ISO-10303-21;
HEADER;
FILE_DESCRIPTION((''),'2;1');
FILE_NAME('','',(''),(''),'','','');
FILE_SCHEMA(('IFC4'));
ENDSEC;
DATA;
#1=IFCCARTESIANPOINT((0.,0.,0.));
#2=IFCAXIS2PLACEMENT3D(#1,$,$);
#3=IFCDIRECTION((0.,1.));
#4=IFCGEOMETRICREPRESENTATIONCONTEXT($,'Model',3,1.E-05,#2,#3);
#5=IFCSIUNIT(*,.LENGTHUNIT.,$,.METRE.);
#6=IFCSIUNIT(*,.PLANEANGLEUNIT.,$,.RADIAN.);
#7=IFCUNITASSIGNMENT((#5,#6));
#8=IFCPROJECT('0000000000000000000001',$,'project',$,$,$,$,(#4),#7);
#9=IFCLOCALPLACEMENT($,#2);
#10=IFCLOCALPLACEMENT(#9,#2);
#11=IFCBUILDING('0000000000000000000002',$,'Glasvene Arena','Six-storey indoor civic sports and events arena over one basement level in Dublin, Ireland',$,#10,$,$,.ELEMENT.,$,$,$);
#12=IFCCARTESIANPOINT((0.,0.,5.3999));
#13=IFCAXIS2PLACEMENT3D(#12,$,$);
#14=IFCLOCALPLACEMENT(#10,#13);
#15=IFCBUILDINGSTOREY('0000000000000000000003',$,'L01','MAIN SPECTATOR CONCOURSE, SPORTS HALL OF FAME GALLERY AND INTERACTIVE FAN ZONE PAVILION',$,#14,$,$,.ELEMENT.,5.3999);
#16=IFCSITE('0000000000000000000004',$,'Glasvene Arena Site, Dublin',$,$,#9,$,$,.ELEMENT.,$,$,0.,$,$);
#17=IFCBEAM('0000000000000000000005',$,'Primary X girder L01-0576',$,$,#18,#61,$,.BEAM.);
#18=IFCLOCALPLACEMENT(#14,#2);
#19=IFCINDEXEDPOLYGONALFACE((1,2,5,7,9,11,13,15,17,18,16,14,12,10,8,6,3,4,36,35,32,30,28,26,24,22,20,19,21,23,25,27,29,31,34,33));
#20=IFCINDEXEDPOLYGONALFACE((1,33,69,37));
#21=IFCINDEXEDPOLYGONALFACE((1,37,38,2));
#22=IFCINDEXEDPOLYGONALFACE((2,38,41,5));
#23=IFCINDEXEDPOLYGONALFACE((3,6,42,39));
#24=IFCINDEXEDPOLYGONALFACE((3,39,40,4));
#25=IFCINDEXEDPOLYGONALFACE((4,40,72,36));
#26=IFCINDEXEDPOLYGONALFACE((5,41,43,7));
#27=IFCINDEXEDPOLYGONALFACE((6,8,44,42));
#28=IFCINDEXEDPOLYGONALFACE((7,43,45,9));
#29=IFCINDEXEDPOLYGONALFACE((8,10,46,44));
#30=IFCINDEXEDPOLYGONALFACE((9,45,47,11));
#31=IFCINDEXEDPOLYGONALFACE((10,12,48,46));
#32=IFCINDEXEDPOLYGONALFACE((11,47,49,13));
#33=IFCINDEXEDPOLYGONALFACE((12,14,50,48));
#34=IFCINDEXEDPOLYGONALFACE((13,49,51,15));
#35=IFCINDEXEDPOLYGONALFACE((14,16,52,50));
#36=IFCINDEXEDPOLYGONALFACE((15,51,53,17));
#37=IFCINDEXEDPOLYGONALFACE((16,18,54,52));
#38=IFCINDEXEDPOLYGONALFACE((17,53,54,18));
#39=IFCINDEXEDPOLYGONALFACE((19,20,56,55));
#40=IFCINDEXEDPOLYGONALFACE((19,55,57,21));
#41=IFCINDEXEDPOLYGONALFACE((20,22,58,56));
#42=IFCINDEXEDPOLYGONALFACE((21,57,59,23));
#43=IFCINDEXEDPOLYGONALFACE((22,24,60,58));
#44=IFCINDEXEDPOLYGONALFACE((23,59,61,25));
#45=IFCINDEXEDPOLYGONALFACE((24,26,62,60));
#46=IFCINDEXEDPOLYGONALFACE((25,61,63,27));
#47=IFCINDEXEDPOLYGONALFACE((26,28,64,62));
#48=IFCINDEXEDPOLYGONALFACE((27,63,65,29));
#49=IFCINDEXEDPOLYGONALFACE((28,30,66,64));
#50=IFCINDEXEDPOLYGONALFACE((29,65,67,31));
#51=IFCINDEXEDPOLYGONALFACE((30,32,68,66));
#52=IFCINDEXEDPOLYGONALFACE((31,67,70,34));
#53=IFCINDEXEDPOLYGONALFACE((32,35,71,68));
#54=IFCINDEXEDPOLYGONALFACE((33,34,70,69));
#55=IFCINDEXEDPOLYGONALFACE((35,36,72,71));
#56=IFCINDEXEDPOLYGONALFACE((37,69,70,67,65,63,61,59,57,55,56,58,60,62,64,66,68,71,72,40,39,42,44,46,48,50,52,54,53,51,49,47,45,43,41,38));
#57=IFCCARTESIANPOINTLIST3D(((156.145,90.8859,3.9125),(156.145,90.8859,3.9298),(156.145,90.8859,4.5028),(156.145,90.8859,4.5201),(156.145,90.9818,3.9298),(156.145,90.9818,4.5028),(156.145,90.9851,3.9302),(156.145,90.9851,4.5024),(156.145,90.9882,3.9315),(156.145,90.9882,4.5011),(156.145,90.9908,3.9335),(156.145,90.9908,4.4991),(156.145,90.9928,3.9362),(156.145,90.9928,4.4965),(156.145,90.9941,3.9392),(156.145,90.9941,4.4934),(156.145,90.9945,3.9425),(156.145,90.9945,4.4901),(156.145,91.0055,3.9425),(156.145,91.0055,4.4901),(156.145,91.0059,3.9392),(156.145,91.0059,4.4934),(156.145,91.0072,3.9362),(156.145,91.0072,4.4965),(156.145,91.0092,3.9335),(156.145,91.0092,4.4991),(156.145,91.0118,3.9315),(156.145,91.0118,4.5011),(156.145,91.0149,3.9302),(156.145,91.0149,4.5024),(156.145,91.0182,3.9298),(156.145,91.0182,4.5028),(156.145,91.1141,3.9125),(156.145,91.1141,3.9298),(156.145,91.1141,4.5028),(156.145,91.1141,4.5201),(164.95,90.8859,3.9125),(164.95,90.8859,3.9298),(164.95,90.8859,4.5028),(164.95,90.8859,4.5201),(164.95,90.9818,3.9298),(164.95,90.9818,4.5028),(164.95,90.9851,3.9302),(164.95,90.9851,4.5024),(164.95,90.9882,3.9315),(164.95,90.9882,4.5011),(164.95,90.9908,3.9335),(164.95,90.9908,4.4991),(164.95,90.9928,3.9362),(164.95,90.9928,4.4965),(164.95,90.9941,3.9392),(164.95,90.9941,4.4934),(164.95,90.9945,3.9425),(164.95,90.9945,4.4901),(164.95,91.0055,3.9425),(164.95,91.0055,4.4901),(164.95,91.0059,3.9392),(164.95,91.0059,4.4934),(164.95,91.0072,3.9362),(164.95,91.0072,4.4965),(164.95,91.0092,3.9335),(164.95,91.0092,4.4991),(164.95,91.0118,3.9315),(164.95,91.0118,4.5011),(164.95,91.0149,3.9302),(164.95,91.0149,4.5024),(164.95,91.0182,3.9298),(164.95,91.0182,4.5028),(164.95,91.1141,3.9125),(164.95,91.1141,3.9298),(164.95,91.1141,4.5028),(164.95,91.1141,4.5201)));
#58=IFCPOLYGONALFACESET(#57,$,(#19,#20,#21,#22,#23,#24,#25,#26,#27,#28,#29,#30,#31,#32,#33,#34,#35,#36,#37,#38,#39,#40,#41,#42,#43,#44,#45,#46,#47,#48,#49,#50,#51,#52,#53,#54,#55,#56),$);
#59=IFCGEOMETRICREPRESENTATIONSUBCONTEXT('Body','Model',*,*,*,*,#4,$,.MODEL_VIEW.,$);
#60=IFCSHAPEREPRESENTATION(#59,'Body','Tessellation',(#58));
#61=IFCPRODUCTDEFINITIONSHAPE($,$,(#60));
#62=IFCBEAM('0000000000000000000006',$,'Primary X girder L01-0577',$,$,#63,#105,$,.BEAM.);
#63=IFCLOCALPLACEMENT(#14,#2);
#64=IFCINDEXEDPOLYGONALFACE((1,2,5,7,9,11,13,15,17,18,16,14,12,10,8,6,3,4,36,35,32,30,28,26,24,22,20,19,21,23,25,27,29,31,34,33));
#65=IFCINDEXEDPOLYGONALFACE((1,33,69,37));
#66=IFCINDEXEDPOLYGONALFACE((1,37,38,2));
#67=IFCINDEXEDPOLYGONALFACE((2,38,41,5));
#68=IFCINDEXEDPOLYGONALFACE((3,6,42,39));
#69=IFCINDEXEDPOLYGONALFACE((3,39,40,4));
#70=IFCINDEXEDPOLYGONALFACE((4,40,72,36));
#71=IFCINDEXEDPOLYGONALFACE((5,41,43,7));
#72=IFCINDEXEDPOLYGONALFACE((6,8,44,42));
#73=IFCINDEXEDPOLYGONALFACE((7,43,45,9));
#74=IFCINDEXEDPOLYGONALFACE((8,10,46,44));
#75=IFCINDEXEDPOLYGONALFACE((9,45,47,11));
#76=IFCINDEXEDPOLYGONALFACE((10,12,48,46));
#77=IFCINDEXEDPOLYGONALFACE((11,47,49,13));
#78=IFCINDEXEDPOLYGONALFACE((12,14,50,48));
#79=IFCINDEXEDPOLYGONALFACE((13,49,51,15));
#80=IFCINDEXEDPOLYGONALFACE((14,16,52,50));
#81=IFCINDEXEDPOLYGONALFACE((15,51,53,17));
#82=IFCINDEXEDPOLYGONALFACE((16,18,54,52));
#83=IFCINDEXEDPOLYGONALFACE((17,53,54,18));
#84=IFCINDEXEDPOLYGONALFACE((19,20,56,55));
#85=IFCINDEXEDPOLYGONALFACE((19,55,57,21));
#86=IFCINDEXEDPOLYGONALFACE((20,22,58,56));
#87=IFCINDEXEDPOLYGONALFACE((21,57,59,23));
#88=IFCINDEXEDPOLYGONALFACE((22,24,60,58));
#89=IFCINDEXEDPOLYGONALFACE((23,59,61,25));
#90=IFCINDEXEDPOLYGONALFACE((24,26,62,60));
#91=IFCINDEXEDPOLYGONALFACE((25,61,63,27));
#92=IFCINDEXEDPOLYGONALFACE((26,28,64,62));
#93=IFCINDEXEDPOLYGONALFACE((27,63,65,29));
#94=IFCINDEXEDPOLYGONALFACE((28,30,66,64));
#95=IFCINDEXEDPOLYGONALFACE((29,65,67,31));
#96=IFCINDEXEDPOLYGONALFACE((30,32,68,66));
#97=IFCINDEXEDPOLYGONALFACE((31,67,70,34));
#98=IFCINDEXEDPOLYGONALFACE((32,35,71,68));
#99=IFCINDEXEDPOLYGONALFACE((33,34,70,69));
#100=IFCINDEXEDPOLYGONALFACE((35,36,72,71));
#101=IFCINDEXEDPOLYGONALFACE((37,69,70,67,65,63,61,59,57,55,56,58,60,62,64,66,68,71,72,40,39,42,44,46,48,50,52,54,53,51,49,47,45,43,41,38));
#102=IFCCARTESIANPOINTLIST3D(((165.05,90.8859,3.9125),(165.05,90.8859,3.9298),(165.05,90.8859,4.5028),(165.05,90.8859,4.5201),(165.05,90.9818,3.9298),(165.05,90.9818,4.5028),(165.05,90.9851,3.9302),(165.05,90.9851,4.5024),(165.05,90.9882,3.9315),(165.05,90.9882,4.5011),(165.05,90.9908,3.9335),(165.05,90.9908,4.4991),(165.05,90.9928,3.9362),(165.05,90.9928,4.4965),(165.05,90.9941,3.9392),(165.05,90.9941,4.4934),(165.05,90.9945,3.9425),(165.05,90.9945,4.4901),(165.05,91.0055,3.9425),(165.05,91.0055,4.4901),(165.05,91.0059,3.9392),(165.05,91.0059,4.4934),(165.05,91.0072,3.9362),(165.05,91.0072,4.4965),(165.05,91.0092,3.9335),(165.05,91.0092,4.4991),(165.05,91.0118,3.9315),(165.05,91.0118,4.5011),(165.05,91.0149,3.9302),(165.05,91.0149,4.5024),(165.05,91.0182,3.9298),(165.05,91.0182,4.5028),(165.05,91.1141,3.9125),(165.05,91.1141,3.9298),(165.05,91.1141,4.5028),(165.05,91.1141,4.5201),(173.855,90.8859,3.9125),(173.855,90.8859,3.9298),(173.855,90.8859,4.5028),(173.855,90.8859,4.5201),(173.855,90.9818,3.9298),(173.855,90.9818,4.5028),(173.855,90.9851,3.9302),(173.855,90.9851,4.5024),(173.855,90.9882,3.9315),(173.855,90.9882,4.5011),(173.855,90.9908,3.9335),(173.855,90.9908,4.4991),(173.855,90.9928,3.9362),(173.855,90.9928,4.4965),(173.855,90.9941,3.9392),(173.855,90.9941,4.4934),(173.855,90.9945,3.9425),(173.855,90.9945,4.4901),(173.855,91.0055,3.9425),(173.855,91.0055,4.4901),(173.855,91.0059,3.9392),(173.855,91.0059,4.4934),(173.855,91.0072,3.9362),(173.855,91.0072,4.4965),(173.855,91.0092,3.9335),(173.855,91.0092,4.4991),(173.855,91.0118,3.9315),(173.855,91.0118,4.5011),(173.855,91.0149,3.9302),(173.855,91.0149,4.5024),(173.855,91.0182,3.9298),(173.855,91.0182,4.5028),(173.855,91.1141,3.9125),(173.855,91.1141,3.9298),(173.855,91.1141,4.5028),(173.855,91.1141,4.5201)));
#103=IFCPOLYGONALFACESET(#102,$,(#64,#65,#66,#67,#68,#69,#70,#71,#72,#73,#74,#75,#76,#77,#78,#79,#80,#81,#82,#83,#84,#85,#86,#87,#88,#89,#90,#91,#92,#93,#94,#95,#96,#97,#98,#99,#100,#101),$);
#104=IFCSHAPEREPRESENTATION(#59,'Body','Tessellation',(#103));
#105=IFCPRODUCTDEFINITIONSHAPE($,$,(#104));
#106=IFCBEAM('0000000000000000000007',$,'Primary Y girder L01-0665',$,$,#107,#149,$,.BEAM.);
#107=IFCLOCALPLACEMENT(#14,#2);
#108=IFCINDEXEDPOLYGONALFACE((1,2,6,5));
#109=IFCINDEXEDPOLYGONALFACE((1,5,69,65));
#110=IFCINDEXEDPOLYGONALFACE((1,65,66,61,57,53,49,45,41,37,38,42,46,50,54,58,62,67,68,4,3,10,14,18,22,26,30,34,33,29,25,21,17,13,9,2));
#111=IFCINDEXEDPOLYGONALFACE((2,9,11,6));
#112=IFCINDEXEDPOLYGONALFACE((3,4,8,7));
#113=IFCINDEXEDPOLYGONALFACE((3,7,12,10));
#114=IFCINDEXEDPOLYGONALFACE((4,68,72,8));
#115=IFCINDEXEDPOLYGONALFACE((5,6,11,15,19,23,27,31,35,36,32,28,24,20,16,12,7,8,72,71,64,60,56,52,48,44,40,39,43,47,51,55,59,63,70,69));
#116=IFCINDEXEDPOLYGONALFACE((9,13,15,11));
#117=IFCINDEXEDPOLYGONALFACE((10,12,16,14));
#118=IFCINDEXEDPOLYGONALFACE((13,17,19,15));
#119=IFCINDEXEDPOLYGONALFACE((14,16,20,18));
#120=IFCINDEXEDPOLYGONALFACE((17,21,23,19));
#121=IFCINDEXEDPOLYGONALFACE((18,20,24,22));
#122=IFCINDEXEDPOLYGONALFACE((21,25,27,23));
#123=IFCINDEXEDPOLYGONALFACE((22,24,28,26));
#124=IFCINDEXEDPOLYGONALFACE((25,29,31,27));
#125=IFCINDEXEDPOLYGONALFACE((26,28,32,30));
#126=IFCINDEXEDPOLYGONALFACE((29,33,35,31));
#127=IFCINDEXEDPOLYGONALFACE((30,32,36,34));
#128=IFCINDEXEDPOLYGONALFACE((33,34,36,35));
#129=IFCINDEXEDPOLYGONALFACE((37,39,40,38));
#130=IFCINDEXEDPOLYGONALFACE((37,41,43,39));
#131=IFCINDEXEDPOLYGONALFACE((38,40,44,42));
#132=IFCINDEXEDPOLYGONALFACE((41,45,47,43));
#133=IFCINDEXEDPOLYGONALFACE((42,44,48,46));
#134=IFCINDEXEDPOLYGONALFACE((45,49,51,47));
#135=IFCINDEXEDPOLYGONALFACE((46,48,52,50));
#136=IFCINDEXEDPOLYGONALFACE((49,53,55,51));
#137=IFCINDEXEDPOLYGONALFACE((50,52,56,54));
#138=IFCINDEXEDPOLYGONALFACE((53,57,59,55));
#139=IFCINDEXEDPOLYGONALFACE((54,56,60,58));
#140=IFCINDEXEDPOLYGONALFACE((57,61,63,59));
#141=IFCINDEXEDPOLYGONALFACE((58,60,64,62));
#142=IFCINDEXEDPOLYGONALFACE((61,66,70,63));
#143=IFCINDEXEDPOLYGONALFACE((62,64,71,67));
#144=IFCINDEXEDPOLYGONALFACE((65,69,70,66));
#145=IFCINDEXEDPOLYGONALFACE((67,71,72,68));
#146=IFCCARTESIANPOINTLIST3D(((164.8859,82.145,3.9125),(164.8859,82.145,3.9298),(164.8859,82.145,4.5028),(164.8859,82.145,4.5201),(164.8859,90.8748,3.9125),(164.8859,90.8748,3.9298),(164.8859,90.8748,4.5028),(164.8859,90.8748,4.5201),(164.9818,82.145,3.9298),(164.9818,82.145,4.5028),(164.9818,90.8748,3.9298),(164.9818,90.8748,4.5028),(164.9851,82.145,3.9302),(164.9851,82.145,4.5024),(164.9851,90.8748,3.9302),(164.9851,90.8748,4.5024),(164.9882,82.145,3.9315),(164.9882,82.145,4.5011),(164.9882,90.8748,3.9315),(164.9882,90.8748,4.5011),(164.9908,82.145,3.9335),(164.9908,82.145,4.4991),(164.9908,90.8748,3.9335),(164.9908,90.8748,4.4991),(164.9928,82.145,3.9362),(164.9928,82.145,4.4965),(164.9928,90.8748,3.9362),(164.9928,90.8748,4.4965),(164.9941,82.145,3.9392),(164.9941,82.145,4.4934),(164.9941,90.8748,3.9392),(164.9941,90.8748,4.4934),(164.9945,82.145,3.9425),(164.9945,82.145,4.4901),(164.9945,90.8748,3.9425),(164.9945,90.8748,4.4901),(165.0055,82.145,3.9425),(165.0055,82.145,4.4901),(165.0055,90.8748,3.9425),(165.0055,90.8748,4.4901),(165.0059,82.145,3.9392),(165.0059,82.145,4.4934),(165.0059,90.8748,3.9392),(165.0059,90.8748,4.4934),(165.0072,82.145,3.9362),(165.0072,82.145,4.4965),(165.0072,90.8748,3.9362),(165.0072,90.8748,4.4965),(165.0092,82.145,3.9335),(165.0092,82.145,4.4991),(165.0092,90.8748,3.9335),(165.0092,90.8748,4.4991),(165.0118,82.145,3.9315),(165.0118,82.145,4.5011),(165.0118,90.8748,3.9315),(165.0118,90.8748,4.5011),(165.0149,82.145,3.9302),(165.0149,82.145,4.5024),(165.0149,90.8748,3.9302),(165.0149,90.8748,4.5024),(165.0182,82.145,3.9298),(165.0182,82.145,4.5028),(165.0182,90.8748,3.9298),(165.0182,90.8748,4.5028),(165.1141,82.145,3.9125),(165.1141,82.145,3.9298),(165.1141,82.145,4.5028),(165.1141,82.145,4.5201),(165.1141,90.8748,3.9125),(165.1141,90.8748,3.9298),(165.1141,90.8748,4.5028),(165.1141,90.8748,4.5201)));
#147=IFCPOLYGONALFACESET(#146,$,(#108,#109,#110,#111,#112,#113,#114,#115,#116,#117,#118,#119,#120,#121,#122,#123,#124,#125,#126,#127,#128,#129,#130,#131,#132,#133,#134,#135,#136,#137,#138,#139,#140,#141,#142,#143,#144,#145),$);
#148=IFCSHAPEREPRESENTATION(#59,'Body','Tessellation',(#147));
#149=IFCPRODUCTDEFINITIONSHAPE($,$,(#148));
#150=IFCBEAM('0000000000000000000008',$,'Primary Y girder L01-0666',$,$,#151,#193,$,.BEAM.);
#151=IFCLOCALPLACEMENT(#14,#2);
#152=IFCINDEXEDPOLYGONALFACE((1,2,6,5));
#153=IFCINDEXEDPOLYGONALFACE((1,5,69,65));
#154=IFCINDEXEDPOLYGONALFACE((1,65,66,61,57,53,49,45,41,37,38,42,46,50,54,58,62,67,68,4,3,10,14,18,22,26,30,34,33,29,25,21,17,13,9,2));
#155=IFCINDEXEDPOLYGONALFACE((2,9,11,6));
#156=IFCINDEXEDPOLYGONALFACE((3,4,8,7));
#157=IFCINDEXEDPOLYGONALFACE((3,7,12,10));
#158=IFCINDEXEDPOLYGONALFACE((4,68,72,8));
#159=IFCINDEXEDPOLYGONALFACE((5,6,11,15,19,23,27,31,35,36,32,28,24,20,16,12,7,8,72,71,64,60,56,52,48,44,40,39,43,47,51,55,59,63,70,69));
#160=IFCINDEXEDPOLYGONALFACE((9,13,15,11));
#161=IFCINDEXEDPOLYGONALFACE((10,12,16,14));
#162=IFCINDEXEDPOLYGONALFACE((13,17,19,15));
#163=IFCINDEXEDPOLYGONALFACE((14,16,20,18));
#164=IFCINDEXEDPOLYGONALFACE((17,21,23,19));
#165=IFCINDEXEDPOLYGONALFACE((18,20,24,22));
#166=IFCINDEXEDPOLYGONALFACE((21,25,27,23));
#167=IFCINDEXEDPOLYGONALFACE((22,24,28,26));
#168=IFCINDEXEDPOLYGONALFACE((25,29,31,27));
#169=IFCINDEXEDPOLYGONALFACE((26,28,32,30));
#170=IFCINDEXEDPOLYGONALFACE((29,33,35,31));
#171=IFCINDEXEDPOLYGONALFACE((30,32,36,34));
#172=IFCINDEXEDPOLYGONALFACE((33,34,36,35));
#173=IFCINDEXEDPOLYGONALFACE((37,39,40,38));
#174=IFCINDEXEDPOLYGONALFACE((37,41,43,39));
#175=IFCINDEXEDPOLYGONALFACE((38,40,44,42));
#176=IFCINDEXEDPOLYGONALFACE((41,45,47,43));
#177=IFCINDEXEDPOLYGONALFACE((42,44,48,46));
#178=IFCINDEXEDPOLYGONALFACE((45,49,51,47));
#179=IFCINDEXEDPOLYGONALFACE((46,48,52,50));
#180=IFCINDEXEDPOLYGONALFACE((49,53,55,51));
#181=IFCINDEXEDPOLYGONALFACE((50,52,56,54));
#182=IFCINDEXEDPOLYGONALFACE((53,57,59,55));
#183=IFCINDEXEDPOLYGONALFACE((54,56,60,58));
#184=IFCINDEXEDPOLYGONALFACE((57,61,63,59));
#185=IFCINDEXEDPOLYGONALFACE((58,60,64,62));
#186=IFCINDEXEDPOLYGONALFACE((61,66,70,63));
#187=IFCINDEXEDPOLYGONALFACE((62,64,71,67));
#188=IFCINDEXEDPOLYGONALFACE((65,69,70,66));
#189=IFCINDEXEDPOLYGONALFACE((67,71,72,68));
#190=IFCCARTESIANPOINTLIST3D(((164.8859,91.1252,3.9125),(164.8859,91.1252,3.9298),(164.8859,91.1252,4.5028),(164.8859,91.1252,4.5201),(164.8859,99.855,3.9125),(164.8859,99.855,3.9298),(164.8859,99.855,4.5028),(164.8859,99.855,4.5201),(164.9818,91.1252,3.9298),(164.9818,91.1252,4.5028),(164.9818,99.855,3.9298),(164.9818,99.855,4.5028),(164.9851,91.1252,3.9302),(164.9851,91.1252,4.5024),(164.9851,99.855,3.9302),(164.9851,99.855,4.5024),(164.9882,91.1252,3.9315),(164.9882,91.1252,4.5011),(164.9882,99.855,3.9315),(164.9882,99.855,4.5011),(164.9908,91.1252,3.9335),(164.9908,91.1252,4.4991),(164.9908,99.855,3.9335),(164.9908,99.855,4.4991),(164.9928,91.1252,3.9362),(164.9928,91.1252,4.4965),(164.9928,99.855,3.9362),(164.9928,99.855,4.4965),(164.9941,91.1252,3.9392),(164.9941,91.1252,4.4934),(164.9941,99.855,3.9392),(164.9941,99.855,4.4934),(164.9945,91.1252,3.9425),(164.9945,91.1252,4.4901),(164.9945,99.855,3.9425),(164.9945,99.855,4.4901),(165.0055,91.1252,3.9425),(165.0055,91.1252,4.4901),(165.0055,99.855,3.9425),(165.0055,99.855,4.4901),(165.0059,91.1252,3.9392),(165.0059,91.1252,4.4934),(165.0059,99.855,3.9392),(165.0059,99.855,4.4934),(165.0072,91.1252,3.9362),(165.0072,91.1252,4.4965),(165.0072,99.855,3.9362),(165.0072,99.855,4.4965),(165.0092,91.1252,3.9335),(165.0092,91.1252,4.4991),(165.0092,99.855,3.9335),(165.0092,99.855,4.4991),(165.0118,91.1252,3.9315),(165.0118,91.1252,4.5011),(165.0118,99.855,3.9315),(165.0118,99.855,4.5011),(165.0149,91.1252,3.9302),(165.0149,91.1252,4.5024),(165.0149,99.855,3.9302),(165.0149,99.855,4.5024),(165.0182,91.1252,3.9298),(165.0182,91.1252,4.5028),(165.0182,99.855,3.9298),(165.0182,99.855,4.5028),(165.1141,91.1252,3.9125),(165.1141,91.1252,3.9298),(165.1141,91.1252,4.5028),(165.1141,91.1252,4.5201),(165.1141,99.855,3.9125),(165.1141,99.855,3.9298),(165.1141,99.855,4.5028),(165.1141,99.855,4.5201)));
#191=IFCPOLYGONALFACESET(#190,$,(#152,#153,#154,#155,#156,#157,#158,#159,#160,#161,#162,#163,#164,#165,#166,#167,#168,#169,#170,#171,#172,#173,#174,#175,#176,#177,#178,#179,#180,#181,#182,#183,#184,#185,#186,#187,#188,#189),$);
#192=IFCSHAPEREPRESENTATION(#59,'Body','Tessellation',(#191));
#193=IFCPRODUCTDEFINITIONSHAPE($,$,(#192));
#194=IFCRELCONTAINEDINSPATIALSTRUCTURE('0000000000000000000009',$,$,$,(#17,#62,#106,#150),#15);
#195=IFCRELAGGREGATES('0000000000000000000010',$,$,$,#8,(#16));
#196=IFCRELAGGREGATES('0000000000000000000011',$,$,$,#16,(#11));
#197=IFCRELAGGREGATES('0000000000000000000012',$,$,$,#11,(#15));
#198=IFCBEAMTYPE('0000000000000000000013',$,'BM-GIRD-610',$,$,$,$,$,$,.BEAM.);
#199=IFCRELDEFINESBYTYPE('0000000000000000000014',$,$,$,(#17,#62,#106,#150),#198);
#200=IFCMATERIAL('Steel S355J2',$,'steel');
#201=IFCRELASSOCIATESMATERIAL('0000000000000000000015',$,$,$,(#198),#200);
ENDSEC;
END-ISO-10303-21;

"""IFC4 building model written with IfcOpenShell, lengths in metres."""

from ifc_helpers import new_model, si_unit, direction, frame, origin, origin_2d, place, context, subcontext, project, spatial, i_section, extrude, material, material_profile, profile_set, type_object, element, save


model = new_model("IFC4")

# Units and contexts
model_context = context("Model", 3, precision=1e-05, world=origin(), true_north=direction((0.0, 1.0)))
body_context = subcontext(model_context, "Body", "Model", "MODEL_VIEW")
ifc_project = project(units=[si_unit("LENGTHUNIT", "METRE"), si_unit("PLANEANGLEUNIT", "RADIAN")], contexts=[model_context])

# Site, building, storey
site_placement = place(None, origin())
site = spatial("IfcSite", under=ifc_project, at=site_placement, Name="Glasvene Arena Site, Dublin", CompositionType="ELEMENT", RefElevation=0.0)
building_placement = place(site_placement, origin())
building = spatial("IfcBuilding", under=site, at=building_placement, Name="Glasvene Arena", Description="Six-storey indoor civic sports and events arena over one basement level in Dublin, Ireland", CompositionType="ELEMENT")
storey_placement = place(building_placement, frame((0.0, 0.0, 5.3999)))
storey = spatial("IfcBuildingStorey", under=building, at=storey_placement, Name="L01", Description="MAIN SPECTATOR CONCOURSE, SPORTS HALL OF FAME GALLERY AND INTERACTIVE FAN ZONE PAVILION", CompositionType="ELEMENT", Elevation=5.3999)

# Shared definitions
ifc_material_1 = material(Name="Steel S355J2", Category="steel")

# Beams
ifc_material_profile_1 = material_profile(ifc_material_1, i_section(OverallWidth=0.2283, OverallDepth=0.6077, WebThickness=0.011, FlangeThickness=0.0173, FilletRadius=0.0127, at=origin_2d()), Name="UKB 610x229x113")
ifc_profile_set_1 = profile_set([ifc_material_profile_1], Name="Steel S355J2")
beam_type_1 = type_object("IfcBeamType", Name="BM-GIRD-610", PredefinedType="BEAM", material=ifc_profile_set_1)
for number, where, z_axis, x_axis, name in (
    (1, (156.145, 91.0, 4.2163), (1.0, 0.0, 0.0), (0.0, 1.0, 0.0), "Primary X girder L01-0576"),
    (2, (165.05, 91.0, 4.2163), (1.0, 0.0, 0.0), (0.0, 1.0, 0.0), "Primary X girder L01-0577"),
):
    element("IfcBeam", number, at=place(storey_placement, frame(where, z_axis=z_axis, x_axis=x_axis)), inside=storey, type_object=beam_type_1, Name=name, PredefinedType="BEAM", context=body_context, shape_type="SweptSolid", body=[
        extrude(i_section(OverallWidth=0.2283, OverallDepth=0.6077, WebThickness=0.011, FlangeThickness=0.0173, FilletRadius=0.0127, at=origin_2d()), origin(), (0.0, 0.0, 1.0), 8.8049),
    ])
for number, where, z_axis, x_axis, name in (
    (3, (165.0, 82.145, 4.2163), (0.0, 1.0, 0.0), (-1.0, 0.0, 0.0), "Primary Y girder L01-0665"),
    (4, (165.0, 91.1252, 4.2163), (0.0, 1.0, 0.0), (-1.0, 0.0, 0.0), "Primary Y girder L01-0666"),
):
    element("IfcBeam", number, at=place(storey_placement, frame(where, z_axis=z_axis, x_axis=x_axis)), inside=storey, type_object=beam_type_1, Name=name, PredefinedType="BEAM", context=body_context, shape_type="SweptSolid", body=[
        extrude(i_section(OverallWidth=0.2283, OverallDepth=0.6077, WebThickness=0.011, FlangeThickness=0.0173, FilletRadius=0.0127, at=origin_2d()), origin(), (0.0, 0.0, 1.0), 8.7297),
    ])

save(model, "model.ifc")
